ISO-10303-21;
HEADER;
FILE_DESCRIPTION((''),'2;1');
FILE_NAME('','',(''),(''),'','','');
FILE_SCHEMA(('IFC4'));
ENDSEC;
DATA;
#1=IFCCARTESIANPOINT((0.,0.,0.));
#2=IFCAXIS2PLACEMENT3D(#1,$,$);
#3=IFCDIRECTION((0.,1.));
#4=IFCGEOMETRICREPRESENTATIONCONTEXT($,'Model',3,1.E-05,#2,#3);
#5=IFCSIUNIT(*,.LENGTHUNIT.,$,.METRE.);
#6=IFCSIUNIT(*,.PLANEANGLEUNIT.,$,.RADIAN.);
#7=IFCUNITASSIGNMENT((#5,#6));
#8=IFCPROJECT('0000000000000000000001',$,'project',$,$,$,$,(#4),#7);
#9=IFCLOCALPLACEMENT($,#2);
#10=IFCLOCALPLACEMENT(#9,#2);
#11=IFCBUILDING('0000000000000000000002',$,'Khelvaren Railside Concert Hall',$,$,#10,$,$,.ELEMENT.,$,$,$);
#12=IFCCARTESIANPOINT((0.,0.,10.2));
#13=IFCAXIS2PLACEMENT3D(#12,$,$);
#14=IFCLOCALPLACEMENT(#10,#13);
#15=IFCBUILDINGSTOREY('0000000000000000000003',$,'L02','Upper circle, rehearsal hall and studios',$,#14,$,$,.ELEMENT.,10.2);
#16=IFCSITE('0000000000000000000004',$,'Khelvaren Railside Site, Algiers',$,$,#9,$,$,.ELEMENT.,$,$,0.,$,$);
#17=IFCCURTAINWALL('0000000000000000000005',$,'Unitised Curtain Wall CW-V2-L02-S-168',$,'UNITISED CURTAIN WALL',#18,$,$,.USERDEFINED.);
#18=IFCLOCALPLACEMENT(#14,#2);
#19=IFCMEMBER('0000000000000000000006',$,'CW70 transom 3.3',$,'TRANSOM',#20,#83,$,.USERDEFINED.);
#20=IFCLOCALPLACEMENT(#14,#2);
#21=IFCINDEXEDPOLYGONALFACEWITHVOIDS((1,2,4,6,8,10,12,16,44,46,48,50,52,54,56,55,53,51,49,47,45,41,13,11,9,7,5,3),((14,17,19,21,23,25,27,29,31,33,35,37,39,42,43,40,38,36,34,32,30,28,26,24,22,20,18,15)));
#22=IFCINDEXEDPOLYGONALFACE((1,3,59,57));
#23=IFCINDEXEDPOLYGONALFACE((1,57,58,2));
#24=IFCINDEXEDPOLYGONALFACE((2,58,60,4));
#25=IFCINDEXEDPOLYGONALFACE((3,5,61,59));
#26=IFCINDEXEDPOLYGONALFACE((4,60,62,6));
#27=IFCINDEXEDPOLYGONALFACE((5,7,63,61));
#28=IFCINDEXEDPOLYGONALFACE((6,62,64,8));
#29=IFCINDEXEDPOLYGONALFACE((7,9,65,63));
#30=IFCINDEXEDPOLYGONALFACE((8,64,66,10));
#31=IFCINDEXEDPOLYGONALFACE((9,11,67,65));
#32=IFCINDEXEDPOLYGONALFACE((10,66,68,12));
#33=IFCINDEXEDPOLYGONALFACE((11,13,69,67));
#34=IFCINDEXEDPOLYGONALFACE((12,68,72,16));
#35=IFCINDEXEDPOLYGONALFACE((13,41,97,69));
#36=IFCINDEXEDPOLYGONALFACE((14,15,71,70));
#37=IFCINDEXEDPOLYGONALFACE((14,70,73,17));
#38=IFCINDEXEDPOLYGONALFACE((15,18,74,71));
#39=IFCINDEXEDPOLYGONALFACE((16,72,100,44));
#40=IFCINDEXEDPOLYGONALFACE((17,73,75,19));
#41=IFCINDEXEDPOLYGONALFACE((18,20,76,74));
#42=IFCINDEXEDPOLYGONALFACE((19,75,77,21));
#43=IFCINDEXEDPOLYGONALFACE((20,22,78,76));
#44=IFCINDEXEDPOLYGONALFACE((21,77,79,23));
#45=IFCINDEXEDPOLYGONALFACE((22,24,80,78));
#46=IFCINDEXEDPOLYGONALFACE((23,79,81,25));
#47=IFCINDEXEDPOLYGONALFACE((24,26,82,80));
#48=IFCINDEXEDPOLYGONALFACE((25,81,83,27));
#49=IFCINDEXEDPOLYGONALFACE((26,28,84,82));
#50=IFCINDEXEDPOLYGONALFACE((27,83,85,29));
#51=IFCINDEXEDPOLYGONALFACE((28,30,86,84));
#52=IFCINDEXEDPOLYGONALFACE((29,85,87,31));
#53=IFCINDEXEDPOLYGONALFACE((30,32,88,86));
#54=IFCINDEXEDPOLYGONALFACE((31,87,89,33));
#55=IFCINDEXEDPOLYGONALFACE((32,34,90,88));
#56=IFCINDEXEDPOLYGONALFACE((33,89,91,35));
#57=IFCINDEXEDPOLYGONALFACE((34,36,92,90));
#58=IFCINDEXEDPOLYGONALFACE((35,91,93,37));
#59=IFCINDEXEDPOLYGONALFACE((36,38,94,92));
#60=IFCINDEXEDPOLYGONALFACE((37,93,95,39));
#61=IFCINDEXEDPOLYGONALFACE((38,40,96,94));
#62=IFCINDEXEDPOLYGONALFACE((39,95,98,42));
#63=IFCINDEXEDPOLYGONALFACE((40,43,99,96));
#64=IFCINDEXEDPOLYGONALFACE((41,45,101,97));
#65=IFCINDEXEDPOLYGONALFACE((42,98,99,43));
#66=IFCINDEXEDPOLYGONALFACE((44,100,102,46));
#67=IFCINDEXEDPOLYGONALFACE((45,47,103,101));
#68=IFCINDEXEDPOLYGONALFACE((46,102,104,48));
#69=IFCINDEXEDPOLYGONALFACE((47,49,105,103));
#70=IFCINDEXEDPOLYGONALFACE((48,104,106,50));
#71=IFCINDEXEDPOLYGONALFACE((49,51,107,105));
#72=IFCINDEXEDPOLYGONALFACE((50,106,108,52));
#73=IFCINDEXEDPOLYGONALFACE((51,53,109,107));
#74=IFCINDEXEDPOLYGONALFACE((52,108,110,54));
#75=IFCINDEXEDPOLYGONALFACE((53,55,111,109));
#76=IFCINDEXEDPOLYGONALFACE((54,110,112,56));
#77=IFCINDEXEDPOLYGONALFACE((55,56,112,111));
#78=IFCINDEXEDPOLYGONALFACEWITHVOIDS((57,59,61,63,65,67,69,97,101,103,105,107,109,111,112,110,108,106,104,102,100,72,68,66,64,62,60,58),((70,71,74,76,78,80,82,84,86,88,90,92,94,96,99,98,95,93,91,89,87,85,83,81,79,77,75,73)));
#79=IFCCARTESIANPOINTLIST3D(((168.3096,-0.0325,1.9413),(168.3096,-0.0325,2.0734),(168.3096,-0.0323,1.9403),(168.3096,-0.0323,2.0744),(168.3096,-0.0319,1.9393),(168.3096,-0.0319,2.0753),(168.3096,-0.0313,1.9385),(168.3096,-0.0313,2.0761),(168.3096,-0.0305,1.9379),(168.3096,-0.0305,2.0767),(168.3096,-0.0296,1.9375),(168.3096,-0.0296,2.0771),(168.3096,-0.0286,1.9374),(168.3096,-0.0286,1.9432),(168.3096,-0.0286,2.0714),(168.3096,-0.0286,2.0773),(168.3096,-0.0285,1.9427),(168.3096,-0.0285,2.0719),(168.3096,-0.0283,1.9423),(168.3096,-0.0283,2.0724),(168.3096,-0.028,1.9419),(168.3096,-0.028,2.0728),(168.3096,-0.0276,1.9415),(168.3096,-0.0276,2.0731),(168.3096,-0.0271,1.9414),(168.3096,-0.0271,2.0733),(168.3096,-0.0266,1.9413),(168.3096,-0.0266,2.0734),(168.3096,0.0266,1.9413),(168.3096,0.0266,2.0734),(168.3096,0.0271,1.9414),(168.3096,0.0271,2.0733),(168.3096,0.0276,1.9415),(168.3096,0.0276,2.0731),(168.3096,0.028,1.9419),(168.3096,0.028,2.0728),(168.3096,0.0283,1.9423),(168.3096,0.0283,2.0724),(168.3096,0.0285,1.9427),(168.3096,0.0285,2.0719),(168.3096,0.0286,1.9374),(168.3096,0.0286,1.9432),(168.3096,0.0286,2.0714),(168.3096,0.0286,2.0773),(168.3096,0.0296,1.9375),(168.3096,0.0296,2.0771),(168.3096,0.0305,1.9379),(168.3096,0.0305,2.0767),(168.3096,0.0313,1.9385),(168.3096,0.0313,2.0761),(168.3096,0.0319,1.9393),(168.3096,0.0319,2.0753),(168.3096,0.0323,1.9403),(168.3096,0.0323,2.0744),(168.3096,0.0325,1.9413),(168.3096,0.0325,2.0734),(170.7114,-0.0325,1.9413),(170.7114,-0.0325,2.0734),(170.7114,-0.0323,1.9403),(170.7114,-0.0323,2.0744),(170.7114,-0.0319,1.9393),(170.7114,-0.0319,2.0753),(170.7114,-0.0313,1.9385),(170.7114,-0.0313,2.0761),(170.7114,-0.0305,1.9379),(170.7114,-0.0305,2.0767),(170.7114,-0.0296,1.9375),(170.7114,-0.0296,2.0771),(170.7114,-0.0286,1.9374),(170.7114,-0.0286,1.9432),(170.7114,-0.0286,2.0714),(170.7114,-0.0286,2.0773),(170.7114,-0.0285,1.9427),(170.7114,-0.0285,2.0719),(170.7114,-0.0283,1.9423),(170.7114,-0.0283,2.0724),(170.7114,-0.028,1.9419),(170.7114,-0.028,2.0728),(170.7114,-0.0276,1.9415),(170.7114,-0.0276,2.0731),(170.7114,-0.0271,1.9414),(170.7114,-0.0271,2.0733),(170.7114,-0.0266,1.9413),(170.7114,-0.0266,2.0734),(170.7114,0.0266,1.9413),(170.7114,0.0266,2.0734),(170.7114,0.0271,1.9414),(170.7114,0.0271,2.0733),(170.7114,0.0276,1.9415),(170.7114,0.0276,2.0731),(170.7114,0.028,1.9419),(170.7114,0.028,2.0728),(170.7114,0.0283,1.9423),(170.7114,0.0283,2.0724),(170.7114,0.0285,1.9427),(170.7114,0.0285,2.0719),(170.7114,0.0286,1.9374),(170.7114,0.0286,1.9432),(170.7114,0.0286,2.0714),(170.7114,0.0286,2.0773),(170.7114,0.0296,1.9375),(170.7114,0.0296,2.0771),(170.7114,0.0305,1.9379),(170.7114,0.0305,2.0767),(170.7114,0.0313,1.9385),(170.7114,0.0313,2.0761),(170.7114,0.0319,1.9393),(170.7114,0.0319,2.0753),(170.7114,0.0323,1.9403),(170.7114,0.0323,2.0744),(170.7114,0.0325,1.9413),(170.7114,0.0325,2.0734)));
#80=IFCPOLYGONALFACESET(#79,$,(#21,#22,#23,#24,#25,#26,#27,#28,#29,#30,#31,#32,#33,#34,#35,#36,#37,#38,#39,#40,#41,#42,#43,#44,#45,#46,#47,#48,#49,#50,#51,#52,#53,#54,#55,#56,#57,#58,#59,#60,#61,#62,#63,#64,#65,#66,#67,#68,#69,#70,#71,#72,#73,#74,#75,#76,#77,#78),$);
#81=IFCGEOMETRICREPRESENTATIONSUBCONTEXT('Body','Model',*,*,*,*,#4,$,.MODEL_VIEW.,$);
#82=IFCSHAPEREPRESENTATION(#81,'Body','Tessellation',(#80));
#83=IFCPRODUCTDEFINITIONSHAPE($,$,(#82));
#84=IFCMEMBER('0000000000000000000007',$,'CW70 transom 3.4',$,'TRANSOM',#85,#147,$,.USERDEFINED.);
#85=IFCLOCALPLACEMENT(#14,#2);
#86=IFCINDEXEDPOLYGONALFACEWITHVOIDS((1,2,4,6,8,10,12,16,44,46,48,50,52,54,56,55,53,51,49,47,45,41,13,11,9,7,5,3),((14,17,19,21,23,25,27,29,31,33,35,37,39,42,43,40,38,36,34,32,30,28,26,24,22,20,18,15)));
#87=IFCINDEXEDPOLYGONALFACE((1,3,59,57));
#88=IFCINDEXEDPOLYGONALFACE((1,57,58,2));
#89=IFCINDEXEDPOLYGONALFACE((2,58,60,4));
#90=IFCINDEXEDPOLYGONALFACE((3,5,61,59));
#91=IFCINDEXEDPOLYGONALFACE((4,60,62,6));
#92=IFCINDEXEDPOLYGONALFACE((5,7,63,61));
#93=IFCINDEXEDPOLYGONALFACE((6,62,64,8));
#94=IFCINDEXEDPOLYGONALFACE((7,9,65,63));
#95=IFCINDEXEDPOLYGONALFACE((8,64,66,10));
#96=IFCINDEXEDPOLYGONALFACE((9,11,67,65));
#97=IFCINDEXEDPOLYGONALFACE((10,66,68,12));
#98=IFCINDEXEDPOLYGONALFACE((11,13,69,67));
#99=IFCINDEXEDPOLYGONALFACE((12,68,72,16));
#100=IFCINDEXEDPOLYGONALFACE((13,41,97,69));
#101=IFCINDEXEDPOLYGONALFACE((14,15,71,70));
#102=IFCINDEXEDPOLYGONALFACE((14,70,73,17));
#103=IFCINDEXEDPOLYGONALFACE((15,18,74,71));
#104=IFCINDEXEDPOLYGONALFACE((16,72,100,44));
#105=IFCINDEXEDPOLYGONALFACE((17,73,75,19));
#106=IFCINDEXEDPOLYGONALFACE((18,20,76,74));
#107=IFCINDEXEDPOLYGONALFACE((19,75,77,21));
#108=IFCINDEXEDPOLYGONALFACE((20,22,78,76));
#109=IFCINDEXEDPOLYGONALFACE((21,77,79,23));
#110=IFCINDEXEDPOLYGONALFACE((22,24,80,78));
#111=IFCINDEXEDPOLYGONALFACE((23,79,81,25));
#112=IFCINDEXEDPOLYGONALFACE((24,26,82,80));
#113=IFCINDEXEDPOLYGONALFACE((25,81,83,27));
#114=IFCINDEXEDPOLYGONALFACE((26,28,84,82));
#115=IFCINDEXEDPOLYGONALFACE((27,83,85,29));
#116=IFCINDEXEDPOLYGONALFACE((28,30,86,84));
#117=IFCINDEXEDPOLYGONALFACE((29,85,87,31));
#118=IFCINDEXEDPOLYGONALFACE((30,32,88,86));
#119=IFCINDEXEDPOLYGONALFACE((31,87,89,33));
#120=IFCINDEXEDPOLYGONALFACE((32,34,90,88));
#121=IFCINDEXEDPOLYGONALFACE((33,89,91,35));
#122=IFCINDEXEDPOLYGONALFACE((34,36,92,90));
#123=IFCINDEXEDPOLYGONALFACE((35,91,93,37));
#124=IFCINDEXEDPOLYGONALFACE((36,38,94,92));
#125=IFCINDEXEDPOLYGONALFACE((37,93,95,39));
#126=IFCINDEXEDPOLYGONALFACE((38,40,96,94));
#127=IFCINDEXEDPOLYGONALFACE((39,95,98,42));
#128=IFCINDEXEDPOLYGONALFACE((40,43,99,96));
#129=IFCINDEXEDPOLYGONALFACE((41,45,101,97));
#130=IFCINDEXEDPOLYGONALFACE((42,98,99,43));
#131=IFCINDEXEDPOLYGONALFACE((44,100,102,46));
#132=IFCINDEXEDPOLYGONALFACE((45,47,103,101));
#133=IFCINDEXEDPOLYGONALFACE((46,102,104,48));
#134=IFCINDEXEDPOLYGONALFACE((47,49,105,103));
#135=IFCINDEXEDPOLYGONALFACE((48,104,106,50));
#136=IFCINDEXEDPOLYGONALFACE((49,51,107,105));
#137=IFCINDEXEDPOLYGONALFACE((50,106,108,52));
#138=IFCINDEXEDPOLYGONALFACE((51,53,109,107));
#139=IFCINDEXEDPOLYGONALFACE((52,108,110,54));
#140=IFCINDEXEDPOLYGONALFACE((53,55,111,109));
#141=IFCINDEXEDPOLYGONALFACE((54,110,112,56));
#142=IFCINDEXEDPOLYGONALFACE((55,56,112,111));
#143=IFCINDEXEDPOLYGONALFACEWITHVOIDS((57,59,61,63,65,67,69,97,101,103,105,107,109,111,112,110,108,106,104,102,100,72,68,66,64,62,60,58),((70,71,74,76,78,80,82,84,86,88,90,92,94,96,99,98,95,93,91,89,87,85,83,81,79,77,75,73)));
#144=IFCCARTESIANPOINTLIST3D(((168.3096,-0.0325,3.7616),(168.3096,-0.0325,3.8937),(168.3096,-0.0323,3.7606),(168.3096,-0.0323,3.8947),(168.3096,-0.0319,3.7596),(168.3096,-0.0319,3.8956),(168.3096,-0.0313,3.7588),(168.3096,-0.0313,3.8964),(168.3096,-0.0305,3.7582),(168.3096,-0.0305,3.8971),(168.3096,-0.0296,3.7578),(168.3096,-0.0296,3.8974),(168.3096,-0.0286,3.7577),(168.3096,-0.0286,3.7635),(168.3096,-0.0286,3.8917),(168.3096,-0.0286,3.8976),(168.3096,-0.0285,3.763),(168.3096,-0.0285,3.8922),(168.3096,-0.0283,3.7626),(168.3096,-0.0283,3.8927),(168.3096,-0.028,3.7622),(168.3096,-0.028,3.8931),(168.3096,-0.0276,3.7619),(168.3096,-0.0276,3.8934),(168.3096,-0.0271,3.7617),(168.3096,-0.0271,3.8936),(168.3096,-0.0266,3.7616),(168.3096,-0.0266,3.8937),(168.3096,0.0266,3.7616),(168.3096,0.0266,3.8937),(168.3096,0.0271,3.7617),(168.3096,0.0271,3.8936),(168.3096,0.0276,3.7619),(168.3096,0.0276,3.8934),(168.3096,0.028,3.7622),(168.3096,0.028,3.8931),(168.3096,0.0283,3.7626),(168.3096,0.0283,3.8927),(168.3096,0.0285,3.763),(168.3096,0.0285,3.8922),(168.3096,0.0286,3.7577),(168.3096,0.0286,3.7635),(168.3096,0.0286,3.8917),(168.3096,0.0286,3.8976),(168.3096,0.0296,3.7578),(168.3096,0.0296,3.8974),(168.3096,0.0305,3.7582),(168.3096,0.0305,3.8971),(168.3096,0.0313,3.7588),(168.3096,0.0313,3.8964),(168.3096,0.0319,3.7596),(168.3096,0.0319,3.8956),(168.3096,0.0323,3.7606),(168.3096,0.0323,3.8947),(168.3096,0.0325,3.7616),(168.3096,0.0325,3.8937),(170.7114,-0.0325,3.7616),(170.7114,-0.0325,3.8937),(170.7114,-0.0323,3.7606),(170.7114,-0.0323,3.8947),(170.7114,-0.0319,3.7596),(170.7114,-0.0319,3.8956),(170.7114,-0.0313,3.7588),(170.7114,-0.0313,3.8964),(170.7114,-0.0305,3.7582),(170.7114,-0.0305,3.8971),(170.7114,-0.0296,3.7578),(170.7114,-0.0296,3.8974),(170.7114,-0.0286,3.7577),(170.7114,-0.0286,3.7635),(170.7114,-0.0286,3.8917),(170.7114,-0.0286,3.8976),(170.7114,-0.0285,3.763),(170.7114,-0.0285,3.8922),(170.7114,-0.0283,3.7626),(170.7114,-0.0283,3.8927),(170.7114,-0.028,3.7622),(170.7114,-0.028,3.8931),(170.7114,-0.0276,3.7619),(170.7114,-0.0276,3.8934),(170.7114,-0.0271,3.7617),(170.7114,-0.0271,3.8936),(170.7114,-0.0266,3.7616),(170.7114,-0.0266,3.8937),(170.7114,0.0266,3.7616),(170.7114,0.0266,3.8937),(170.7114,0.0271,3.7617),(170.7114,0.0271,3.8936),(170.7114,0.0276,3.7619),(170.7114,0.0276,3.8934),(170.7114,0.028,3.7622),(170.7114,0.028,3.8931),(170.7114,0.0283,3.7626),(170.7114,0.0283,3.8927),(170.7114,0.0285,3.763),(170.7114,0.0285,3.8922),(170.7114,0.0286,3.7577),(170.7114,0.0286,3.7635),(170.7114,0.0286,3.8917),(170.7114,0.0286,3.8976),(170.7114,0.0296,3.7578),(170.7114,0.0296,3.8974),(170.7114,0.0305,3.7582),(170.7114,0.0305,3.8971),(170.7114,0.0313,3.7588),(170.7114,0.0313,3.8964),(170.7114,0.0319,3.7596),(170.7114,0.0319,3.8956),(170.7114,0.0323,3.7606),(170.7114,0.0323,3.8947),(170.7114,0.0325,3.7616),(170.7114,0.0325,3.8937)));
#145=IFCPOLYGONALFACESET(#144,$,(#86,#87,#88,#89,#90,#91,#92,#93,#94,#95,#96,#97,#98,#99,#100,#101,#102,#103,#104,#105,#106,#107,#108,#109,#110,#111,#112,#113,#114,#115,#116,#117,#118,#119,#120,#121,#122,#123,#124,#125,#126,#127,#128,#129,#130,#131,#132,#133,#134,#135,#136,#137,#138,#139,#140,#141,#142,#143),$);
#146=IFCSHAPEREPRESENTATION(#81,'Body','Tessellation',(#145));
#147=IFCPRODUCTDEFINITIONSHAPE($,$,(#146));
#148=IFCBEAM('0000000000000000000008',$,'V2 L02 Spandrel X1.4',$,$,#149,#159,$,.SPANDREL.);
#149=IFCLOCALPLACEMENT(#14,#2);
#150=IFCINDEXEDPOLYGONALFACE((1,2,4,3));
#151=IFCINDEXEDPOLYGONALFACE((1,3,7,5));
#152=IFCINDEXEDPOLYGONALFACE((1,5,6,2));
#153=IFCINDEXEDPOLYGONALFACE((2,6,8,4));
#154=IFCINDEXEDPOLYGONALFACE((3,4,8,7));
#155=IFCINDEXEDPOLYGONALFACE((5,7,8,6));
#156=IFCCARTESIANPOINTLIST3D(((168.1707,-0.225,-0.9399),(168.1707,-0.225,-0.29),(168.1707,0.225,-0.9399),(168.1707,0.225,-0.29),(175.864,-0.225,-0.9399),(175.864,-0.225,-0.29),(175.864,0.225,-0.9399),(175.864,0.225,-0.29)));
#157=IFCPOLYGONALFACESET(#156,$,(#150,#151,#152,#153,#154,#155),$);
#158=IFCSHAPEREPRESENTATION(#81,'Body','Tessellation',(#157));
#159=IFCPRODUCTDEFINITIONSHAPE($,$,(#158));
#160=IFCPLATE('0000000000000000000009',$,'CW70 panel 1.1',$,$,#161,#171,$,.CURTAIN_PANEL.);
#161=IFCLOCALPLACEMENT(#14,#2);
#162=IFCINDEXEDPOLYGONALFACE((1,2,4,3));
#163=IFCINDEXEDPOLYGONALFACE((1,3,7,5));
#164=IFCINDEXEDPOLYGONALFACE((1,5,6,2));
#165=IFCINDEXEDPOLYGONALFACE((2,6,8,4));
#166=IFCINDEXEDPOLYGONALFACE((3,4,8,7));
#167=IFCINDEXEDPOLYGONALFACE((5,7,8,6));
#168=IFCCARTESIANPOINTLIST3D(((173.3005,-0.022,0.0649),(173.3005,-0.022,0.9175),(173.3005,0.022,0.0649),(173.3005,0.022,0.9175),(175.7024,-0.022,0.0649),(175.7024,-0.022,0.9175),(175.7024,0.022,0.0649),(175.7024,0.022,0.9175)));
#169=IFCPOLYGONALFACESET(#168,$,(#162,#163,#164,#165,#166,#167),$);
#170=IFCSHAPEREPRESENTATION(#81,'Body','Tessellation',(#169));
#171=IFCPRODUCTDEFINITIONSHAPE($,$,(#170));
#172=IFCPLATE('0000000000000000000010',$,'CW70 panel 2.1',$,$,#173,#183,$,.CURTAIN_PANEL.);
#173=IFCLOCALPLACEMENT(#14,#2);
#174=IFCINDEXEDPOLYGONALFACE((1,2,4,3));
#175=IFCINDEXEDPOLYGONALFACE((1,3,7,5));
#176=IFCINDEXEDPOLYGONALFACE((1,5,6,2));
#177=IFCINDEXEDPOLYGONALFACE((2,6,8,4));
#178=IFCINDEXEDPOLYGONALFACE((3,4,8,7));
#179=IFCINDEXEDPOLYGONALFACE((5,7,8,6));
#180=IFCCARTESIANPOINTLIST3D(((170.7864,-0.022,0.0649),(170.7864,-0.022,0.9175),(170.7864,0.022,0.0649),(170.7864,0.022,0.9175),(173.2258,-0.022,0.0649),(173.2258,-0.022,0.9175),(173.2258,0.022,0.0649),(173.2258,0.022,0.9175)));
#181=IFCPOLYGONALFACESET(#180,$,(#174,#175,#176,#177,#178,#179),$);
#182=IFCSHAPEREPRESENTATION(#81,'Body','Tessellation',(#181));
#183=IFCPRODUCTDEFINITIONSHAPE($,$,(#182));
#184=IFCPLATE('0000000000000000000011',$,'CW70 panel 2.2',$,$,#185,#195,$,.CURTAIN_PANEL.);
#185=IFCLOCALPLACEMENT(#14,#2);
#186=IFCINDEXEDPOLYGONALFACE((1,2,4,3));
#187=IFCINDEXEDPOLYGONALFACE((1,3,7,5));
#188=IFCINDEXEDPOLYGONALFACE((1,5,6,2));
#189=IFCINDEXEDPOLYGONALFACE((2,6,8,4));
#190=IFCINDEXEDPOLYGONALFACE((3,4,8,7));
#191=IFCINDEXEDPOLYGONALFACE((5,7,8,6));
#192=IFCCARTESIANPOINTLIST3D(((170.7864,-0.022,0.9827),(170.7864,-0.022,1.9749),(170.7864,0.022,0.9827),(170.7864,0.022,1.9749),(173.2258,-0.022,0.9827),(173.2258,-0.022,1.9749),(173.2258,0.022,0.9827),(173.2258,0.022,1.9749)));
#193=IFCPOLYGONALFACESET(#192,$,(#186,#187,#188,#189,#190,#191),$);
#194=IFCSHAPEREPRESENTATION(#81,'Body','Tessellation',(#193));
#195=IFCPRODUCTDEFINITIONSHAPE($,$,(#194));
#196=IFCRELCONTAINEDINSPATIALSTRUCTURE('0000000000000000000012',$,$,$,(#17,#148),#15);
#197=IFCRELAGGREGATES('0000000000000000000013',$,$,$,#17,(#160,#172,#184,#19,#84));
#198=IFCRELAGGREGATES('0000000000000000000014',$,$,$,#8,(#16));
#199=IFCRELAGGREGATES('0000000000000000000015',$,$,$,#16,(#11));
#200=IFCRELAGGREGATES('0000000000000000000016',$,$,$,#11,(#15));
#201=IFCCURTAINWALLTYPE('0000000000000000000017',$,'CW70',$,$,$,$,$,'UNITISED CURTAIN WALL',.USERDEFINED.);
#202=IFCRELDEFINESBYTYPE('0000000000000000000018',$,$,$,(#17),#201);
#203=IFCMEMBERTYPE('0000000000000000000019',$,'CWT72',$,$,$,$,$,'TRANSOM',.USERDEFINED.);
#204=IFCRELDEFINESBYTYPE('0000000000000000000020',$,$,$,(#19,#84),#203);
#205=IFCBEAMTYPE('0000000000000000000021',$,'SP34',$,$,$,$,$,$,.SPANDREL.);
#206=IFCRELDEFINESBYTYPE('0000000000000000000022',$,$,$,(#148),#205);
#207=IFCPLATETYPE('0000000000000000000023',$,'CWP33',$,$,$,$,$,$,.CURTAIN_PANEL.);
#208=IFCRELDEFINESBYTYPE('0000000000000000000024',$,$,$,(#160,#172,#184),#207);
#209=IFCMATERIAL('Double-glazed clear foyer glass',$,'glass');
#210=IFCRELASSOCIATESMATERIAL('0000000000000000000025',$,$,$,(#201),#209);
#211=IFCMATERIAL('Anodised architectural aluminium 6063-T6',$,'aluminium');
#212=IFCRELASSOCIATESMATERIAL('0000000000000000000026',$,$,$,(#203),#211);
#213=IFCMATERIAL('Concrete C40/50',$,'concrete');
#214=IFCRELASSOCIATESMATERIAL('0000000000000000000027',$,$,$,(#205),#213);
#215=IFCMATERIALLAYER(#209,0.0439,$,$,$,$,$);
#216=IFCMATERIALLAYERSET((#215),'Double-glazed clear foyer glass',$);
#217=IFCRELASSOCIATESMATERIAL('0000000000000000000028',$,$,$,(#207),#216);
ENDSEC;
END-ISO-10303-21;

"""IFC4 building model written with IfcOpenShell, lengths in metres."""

from ifc_helpers import new_model, si_unit, direction, frame, origin, origin_2d, place, context, subcontext, project, spatial, rectangle, hollow_rectangle, extrude, material, layer, layer_set, material_profile, profile_set, type_object, element, aggregate, save


model = new_model("IFC4")

# Units and contexts
model_context = context("Model", 3, precision=1e-05, world=origin(), true_north=direction((0.0, 1.0)))
body_context = subcontext(model_context, "Body", "Model", "MODEL_VIEW")
ifc_project = project(units=[si_unit("LENGTHUNIT", "METRE"), si_unit("PLANEANGLEUNIT", "RADIAN")], contexts=[model_context])

# Site, building, storey
site_placement = place(None, origin())
site = spatial("IfcSite", under=ifc_project, at=site_placement, Name="Khelvaren Railside Site, Algiers", CompositionType="ELEMENT", RefElevation=0.0)
building_placement = place(site_placement, origin())
building = spatial("IfcBuilding", under=site, at=building_placement, Name="Khelvaren Railside Concert Hall", CompositionType="ELEMENT")
storey_placement = place(building_placement, frame((0.0, 0.0, 10.2)))
storey = spatial("IfcBuildingStorey", under=building, at=storey_placement, Name="L02", Description="Upper circle, rehearsal hall and studios", CompositionType="ELEMENT", Elevation=10.2)

# Shared definitions
ifc_material_1 = material(Name="Double-glazed clear foyer glass", Category="glass")
ifc_material_2 = material(Name="Anodised architectural aluminium 6063-T6", Category="aluminium")

# Curtain wall
curtain_wall_type_1 = type_object("IfcCurtainWallType", Name="CW70", ElementType="UNITISED CURTAIN WALL", PredefinedType="USERDEFINED", material=ifc_material_1)
curtain_wall_1_placement = place(storey_placement, origin())
curtain_wall_1 = element("IfcCurtainWall", 1, at=curtain_wall_1_placement, inside=storey, type_object=curtain_wall_type_1, Name="Unitised Curtain Wall CW-V2-L02-S-168", ObjectType="UNITISED CURTAIN WALL", PredefinedType="USERDEFINED")

# Members
ifc_material_profile_1 = material_profile(ifc_material_2, hollow_rectangle(XDim=0.0649, YDim=0.1399, WallThickness=0.0039, InnerFilletRadius=0.002, OuterFilletRadius=0.0039, at=origin_2d()), Name="CWT 65x140x4")
ifc_profile_set_1 = profile_set([ifc_material_profile_1], Name="Anodised architectural aluminium 6063-T6")
member_type_1 = type_object("IfcMemberType", Name="CWT72", ElementType="TRANSOM", PredefinedType="USERDEFINED", material=ifc_profile_set_1)
member_1_placement = place(storey_placement, frame((170.7114, 0.0, 2.0073), z_axis=(-1.0, 0.0, 0.0), x_axis=(0.0, -1.0, 0.0)))
member_1 = element("IfcMember", 2, at=member_1_placement, type_object=member_type_1, Name="CW70 transom 3.3", ObjectType="TRANSOM", PredefinedType="USERDEFINED", context=body_context, shape_type="SweptSolid", body=[
    extrude(hollow_rectangle(XDim=0.0649, YDim=0.1399, WallThickness=0.0039, InnerFilletRadius=0.002, OuterFilletRadius=0.0039, at=origin_2d()), origin(), (0.0, 0.0, 1.0), 2.4019),
])
member_2_placement = place(storey_placement, frame((170.7114, 0.0, 3.8276), z_axis=(-1.0, 0.0, 0.0), x_axis=(0.0, -1.0, 0.0)))
member_2 = element("IfcMember", 3, at=member_2_placement, type_object=member_type_1, Name="CW70 transom 3.4", ObjectType="TRANSOM", PredefinedType="USERDEFINED", context=body_context, shape_type="SweptSolid", body=[
    extrude(hollow_rectangle(XDim=0.0649, YDim=0.1399, WallThickness=0.0039, InnerFilletRadius=0.002, OuterFilletRadius=0.0039, at=origin_2d()), origin(), (0.0, 0.0, 1.0), 2.4019),
])

# Beam
ifc_material_3 = material(Name="Concrete C40/50", Category="concrete")
ifc_material_profile_2 = material_profile(ifc_material_3, rectangle(XDim=0.45, YDim=0.6499, at=origin_2d()), Name="RCB 450x650")
ifc_profile_set_2 = profile_set([ifc_material_profile_2], Name="Concrete C40/50")
beam_type = type_object("IfcBeamType", Name="SP34", PredefinedType="SPANDREL", material=ifc_profile_set_2)
beam_placement = place(storey_placement, frame((168.1707, 0.0, -0.615), z_axis=(1.0, 0.0, 0.0), x_axis=(0.0, 1.0, 0.0)))
element("IfcBeam", 4, at=beam_placement, inside=storey, type_object=beam_type, Name="V2 L02 Spandrel X1.4", PredefinedType="SPANDREL", context=body_context, shape_type="SweptSolid", body=[
    extrude(rectangle(XDim=0.45, YDim=0.6499, at=origin_2d()), origin(), (0.0, 0.0, 1.0), 7.6934),
])

# Plates
ifc_layer = layer(ifc_material_1, 0.0439)
ifc_layer_set = layer_set([ifc_layer], Name="Double-glazed clear foyer glass")
plate_type = type_object("IfcPlateType", Name="CWP33", PredefinedType="CURTAIN_PANEL", material=ifc_layer_set)
plate_1_placement = place(storey_placement, frame((174.5015, 0.0, 0.0649), z_axis=(0.0, 0.0, 1.0), x_axis=(-1.0, 0.0, 0.0)))
plate_1 = element("IfcPlate", 5, at=plate_1_placement, type_object=plate_type, Name="CW70 panel 1.1", PredefinedType="CURTAIN_PANEL", context=body_context, shape_type="SweptSolid", body=[
    extrude(rectangle(XDim=2.4019, YDim=0.0439, at=origin_2d()), origin(), (0.0, 0.0, 1.0), 0.8525),
])
plate_2_placement = place(storey_placement, frame((172.0061, 0.0, 0.0649), z_axis=(0.0, 0.0, 1.0), x_axis=(-1.0, 0.0, 0.0)))
plate_2 = element("IfcPlate", 6, at=plate_2_placement, type_object=plate_type, Name="CW70 panel 2.1", PredefinedType="CURTAIN_PANEL", context=body_context, shape_type="SweptSolid", body=[
    extrude(rectangle(XDim=2.4395, YDim=0.0439, at=origin_2d()), origin(), (0.0, 0.0, 1.0), 0.8525),
])
plate_3_placement = place(storey_placement, frame((172.0061, 0.0, 0.9827), z_axis=(0.0, 0.0, 1.0), x_axis=(-1.0, 0.0, 0.0)))
plate_3 = element("IfcPlate", 7, at=plate_3_placement, type_object=plate_type, Name="CW70 panel 2.2", PredefinedType="CURTAIN_PANEL", context=body_context, shape_type="SweptSolid", body=[
    extrude(rectangle(XDim=2.4395, YDim=0.0439, at=origin_2d()), origin(), (0.0, 0.0, 1.0), 0.9922),
])
aggregate(curtain_wall_1, [plate_1, plate_2, plate_3, member_1, member_2])

save(model, "model.ifc")
